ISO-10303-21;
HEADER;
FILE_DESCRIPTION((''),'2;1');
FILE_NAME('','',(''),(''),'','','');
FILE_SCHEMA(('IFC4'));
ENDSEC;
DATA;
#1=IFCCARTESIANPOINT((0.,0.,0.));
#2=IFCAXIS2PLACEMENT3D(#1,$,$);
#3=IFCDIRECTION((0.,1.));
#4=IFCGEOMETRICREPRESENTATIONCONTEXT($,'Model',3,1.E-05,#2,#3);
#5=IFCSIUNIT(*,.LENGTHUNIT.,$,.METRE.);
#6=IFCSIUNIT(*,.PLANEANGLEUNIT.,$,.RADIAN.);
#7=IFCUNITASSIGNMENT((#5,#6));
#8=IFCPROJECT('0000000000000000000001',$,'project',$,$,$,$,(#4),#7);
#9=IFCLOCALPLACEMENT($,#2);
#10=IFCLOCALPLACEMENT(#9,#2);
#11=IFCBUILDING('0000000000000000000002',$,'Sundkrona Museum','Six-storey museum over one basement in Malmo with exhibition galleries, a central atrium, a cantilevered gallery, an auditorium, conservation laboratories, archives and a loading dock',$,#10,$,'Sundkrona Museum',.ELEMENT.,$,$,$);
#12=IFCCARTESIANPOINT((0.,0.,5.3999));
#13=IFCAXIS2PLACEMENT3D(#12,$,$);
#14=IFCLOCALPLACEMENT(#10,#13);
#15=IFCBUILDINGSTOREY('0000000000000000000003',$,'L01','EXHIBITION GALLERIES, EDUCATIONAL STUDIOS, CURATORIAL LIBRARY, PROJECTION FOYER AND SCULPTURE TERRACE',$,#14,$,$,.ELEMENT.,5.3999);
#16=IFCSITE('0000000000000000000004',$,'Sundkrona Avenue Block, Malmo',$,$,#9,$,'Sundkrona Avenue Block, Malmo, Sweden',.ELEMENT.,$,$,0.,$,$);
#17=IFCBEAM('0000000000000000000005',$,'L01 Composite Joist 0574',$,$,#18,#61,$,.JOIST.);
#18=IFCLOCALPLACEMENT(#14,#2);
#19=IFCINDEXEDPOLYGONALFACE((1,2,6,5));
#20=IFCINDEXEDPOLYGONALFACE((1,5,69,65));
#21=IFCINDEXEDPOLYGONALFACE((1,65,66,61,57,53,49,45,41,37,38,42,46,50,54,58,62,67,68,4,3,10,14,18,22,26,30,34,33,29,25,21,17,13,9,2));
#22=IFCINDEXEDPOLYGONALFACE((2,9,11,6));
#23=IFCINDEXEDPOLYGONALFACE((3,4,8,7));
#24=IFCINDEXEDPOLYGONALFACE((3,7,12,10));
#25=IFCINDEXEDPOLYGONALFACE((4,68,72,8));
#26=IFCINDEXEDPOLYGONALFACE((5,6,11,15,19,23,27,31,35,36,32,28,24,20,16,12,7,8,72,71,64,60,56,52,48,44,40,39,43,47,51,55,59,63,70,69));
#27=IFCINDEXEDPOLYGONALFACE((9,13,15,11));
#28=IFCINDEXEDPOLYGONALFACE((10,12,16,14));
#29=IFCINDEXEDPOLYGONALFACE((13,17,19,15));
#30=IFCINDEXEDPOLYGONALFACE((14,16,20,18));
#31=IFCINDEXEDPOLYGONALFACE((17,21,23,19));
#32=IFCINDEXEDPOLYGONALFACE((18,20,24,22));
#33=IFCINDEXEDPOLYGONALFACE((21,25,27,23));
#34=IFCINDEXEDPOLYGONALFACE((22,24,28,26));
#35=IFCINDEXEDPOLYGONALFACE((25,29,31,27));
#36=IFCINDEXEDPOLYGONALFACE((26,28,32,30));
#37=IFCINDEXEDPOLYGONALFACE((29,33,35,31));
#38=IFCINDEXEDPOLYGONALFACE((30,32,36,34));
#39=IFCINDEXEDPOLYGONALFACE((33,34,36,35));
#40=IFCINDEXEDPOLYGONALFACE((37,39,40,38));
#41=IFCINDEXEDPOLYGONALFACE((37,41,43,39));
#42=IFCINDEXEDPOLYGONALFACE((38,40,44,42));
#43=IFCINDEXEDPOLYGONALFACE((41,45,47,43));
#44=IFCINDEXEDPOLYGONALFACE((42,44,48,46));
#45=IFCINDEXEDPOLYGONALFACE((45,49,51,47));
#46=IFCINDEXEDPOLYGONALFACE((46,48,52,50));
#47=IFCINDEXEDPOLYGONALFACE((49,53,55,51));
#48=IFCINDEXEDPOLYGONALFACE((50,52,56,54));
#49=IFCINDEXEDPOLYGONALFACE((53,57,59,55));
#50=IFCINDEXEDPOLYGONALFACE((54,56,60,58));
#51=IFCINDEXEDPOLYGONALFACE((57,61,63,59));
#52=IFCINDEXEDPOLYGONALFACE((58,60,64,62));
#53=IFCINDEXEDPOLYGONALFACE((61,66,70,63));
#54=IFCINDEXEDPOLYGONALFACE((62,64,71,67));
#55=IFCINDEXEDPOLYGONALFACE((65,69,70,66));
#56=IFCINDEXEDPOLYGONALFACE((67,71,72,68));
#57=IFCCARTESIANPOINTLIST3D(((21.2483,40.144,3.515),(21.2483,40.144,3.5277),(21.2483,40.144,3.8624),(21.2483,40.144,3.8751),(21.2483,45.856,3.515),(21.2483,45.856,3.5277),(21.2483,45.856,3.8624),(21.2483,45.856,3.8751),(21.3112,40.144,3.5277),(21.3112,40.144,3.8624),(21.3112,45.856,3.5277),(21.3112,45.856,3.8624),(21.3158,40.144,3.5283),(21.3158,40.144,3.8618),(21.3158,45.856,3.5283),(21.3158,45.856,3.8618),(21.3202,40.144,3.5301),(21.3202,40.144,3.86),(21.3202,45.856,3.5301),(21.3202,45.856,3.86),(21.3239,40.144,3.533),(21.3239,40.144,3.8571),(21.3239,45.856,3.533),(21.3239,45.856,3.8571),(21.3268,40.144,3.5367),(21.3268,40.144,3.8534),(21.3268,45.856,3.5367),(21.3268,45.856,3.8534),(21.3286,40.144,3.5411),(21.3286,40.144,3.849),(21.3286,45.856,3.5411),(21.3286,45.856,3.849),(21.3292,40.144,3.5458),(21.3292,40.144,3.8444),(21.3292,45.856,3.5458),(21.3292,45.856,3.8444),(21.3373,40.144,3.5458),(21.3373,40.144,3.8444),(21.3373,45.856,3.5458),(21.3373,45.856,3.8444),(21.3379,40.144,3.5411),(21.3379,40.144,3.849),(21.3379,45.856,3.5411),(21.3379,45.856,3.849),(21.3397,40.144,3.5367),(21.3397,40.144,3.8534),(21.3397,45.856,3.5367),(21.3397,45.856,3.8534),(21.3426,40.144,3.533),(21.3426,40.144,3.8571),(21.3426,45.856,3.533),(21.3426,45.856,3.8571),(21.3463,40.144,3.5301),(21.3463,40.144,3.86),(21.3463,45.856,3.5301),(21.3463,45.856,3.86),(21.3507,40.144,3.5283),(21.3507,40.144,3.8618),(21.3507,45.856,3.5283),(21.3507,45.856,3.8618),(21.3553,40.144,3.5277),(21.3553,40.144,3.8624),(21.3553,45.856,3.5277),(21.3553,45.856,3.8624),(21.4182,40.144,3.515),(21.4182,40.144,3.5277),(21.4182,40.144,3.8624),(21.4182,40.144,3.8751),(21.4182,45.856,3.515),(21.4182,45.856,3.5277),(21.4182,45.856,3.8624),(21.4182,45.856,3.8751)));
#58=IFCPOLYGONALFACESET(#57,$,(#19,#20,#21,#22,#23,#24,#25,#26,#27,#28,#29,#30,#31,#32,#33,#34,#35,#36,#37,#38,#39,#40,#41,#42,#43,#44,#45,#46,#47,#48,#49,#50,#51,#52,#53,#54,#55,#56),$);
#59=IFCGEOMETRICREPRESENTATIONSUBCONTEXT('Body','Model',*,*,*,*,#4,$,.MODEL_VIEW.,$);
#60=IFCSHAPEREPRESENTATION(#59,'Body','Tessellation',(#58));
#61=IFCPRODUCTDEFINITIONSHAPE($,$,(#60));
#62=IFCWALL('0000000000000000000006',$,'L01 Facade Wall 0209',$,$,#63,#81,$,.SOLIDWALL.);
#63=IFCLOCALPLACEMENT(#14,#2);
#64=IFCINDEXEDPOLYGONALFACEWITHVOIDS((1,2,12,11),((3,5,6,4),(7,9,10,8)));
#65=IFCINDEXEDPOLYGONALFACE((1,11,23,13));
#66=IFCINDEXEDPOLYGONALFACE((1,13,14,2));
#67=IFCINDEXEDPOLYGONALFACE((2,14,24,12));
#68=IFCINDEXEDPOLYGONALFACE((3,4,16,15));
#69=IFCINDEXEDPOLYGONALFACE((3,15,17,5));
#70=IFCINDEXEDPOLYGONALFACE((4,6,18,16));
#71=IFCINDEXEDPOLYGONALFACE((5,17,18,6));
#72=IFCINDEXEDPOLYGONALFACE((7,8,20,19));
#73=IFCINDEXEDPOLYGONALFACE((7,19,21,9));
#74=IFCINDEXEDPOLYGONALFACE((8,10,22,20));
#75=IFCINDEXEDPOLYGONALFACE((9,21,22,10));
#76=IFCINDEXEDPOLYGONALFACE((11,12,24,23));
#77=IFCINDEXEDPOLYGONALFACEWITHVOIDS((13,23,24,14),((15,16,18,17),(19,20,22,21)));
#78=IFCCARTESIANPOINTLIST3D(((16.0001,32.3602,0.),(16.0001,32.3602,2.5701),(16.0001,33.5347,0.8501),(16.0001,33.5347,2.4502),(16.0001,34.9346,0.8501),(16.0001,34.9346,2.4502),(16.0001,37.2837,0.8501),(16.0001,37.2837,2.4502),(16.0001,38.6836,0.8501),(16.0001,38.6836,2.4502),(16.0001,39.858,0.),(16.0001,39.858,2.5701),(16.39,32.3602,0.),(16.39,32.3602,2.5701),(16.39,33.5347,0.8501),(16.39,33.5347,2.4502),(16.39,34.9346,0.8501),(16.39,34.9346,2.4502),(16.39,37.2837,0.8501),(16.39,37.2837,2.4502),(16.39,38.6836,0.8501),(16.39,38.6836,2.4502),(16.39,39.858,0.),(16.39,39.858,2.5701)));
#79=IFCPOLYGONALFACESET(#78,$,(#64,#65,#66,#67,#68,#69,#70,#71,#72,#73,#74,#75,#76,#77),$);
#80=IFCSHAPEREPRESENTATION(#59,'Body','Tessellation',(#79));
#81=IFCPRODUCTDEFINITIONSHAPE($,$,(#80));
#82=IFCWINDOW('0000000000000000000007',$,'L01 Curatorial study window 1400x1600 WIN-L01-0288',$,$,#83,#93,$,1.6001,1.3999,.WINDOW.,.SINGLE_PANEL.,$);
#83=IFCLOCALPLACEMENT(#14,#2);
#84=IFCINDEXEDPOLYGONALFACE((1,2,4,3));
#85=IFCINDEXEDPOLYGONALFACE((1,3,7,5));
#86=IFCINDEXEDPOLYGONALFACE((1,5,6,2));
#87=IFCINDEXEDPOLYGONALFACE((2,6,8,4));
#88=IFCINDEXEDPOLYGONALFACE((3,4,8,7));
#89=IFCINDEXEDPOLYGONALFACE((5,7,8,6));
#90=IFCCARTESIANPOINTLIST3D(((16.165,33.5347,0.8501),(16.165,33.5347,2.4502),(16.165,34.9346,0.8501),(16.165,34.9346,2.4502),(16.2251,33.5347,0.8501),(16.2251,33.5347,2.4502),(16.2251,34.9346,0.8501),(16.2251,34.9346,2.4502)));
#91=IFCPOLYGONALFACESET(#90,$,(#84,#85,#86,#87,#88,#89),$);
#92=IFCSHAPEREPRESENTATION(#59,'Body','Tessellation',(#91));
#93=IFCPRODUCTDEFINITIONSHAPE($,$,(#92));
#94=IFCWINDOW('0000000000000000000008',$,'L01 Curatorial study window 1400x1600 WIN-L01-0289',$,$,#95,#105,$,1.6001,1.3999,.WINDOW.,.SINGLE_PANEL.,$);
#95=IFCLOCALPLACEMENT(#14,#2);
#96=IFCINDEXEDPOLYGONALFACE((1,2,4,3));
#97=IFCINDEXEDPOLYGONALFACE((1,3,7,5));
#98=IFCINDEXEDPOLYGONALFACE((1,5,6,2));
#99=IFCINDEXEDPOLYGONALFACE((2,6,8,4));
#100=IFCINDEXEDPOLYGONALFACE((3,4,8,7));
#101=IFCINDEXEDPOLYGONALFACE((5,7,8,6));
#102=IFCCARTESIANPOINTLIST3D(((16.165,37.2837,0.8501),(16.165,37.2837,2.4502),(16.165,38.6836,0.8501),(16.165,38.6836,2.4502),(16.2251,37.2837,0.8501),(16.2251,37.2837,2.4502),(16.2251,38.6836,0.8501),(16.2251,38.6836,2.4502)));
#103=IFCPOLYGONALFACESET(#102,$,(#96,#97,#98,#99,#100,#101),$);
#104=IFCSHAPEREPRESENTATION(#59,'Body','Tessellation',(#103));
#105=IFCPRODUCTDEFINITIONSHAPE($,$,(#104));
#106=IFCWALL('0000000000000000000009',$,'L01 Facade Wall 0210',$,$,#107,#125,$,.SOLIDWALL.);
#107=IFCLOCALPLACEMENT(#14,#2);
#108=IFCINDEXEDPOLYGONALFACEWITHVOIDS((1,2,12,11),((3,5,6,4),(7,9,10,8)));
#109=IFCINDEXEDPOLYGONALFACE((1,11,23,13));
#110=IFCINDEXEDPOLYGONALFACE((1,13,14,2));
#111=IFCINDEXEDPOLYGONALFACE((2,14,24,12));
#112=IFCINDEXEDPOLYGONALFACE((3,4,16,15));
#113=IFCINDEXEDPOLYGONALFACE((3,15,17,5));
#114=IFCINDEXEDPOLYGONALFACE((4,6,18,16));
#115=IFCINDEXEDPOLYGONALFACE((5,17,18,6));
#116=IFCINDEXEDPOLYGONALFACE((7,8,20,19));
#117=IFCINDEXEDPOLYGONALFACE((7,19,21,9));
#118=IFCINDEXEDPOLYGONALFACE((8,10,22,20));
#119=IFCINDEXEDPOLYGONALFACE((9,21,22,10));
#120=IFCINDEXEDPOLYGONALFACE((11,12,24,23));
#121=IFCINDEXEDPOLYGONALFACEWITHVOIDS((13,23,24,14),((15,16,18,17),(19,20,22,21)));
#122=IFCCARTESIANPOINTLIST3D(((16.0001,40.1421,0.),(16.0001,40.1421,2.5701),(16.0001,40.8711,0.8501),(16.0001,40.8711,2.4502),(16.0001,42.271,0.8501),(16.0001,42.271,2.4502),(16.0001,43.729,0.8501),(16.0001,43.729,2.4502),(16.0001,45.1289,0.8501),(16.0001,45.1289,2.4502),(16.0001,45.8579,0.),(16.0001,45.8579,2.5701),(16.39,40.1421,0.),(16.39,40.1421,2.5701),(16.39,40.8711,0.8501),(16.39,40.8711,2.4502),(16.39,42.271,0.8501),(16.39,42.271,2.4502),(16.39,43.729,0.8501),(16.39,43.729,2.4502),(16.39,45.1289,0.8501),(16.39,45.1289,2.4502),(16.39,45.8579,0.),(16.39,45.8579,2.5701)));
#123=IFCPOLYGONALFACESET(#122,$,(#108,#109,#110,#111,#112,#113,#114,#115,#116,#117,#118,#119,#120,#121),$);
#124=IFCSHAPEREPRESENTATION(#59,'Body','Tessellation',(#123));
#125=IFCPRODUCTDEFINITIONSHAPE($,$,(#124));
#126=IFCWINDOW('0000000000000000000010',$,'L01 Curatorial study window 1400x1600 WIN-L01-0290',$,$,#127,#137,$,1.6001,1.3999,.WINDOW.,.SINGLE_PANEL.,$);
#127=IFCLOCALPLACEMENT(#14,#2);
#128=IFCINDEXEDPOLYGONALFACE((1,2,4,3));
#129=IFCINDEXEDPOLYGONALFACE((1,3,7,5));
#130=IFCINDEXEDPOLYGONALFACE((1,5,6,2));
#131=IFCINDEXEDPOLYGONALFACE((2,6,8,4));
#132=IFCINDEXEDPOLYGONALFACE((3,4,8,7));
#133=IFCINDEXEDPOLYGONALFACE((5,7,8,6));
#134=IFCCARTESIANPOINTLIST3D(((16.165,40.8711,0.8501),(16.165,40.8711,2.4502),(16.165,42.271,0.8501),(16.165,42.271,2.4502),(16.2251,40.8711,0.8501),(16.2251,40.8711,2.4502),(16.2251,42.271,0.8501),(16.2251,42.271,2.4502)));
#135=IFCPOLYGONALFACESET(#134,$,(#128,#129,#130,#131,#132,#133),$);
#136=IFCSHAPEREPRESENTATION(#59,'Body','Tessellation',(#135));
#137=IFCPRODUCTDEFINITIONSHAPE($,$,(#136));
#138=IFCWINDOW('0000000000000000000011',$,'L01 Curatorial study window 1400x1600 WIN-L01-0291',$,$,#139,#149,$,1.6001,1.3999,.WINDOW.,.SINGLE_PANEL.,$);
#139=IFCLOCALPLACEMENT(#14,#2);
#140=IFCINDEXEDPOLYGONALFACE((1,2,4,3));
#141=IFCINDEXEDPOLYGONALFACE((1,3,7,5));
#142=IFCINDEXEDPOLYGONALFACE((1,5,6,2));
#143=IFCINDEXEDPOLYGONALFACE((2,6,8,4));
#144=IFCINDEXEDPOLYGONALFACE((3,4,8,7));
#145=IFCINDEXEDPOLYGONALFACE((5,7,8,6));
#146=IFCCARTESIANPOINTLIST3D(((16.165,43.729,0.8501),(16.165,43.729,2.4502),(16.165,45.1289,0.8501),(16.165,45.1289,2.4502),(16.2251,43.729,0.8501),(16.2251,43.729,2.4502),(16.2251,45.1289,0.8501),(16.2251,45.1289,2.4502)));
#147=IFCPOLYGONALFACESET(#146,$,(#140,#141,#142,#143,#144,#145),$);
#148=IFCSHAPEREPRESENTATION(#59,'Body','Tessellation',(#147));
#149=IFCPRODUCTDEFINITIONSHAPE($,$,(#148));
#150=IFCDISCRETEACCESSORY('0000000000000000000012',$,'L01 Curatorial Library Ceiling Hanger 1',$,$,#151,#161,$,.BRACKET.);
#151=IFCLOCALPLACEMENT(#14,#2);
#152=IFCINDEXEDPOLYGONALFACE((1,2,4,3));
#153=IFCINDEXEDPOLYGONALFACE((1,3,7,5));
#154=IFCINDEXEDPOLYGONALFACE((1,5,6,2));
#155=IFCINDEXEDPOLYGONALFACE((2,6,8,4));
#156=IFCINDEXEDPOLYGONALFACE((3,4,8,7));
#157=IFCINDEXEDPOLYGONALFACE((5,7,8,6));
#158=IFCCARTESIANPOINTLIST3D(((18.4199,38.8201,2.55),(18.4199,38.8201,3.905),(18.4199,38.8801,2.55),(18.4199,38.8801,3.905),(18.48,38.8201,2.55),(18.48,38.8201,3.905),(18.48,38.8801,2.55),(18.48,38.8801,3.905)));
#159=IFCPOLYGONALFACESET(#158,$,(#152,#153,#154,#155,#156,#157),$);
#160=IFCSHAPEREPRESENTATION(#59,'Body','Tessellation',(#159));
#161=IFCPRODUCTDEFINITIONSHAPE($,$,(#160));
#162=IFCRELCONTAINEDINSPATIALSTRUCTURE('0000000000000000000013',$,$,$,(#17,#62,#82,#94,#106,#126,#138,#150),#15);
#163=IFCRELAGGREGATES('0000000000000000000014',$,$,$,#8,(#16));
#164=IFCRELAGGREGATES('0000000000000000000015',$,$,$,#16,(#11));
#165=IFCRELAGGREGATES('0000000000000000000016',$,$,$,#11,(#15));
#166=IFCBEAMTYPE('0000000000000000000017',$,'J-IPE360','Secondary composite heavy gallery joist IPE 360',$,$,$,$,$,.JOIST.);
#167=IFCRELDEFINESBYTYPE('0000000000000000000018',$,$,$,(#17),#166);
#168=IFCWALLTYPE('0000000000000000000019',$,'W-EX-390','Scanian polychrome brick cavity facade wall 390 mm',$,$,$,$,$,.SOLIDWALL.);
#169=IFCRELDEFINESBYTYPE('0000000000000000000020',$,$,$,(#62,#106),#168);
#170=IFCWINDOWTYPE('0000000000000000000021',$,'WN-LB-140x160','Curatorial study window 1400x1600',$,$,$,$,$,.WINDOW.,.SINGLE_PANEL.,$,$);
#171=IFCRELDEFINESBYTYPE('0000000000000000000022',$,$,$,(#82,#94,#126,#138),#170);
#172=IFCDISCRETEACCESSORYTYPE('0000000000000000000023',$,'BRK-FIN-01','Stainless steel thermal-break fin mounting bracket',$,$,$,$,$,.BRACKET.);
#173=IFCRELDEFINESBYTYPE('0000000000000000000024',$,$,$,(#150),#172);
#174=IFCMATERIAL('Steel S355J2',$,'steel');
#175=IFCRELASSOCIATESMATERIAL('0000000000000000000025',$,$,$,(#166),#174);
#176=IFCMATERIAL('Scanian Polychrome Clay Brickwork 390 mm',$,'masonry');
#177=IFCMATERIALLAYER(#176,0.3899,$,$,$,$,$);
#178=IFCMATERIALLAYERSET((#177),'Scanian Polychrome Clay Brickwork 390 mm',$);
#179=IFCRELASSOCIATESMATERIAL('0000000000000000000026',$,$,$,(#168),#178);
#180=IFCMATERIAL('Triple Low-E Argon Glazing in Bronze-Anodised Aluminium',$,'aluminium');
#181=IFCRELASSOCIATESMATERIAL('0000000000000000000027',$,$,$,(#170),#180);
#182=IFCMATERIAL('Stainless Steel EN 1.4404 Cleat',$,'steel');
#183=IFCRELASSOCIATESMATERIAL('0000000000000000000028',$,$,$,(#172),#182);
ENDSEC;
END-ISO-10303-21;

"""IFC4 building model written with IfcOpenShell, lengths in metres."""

from ifc_helpers import new_model, si_unit, direction, frame, frame_2d, origin, origin_2d, place, context, subcontext, project, spatial, rectangle, i_section, extrude, material, layer, layer_set, material_profile, profile_set, type_object, element, fill, save


model = new_model("IFC4")

# Units and contexts
model_context = context("Model", 3, precision=1e-05, world=origin(), true_north=direction((0.0, 1.0)))
body_context = subcontext(model_context, "Body", "Model", "MODEL_VIEW")
ifc_project = project(units=[si_unit("LENGTHUNIT", "METRE"), si_unit("PLANEANGLEUNIT", "RADIAN")], contexts=[model_context])

# Site, building, storey
site_placement = place(None, origin())
site = spatial("IfcSite", under=ifc_project, at=site_placement, Name="Sundkrona Avenue Block, Malmo", LongName="Sundkrona Avenue Block, Malmo, Sweden", CompositionType="ELEMENT", RefElevation=0.0)
building_placement = place(site_placement, origin())
building = spatial("IfcBuilding", under=site, at=building_placement, Name="Sundkrona Museum", Description="Six-storey museum over one basement in Malmo with exhibition galleries, a central atrium, a cantilevered gallery, an auditorium, conservation laboratories, archives and a loading dock", LongName="Sundkrona Museum", CompositionType="ELEMENT")
storey_placement = place(building_placement, frame((0.0, 0.0, 5.3999)))
storey = spatial("IfcBuildingStorey", under=building, at=storey_placement, Name="L01", Description="EXHIBITION GALLERIES, EDUCATIONAL STUDIOS, CURATORIAL LIBRARY, PROJECTION FOYER AND SCULPTURE TERRACE", CompositionType="ELEMENT", Elevation=5.3999)

# Shared definitions
ifc_material_1 = material(Name="Steel S355J2", Category="steel")

# Beam
ifc_material_profile_1 = material_profile(ifc_material_1, i_section(OverallWidth=0.1699, OverallDepth=0.3601, WebThickness=0.0081, FlangeThickness=0.0127, FilletRadius=0.0181, at=origin_2d()), Name="IPE 360")
ifc_profile_set_1 = profile_set([ifc_material_profile_1], Name="Steel S355J2")
beam_type_1 = type_object("IfcBeamType", Name="J-IPE360", Description="Secondary composite heavy gallery joist IPE 360", PredefinedType="JOIST", material=ifc_profile_set_1)
for number, where, z_axis, x_axis, name in (
    (1, (21.3333, 40.144, 3.6951), (0.0, 1.0, 0.0), (-1.0, 0.0, 0.0), "L01 Composite Joist 0574"),
):
    element("IfcBeam", number, at=place(storey_placement, frame(where, z_axis=z_axis, x_axis=x_axis)), inside=storey, type_object=beam_type_1, Name=name, PredefinedType="JOIST", context=body_context, shape_type="SweptSolid", body=[
        extrude(i_section(OverallWidth=0.1699, OverallDepth=0.3601, WebThickness=0.0081, FlangeThickness=0.0127, FilletRadius=0.0181, at=origin_2d()), origin(), (0.0, 0.0, 1.0), 5.7119),
    ])

# Walls, openings, windows
ifc_material_2 = material(Name="Scanian Polychrome Clay Brickwork 390 mm", Category="masonry")
ifc_layer = layer(ifc_material_2, 0.3899)
ifc_layer_set = layer_set([ifc_layer], Name="Scanian Polychrome Clay Brickwork 390 mm")
wall_type = type_object("IfcWallType", Name="W-EX-390", Description="Scanian polychrome brick cavity facade wall 390 mm", PredefinedType="SOLIDWALL", material=ifc_layer_set)
wall_1_placement = place(storey_placement, frame((16.1951, 32.3601, 0.0), z_axis=(0.0, 0.0, 1.0), x_axis=(0.0, 1.0, 0.0)))
wall_1 = element("IfcWall", 2, at=wall_1_placement, inside=storey, type_object=wall_type, Name="L01 Facade Wall 0209", PredefinedType="SOLIDWALL", context=body_context, shape_type="SweptSolid", body=[
    extrude(rectangle(XDim=7.4978, YDim=0.3899, at=frame_2d((3.749, 0.0))), origin(), (0.0, 0.0, 1.0), 2.5701),
])
opening_1_placement = place(wall_1_placement, frame((1.1746, 0.0, 0.8501)))
opening_1 = element("IfcOpeningElement", 3, at=opening_1_placement, cuts=wall_1, PredefinedType="OPENING", context=body_context, shape_type="SweptSolid", body=[
    extrude(rectangle(XDim=1.3999, YDim=1.6001, at=frame_2d((0.7, 0.8))), frame((0.0, 0.2048, 0.0), z_axis=(0.0, -1.0, 0.0), x_axis=(1.0, 0.0, 0.0)), (0.0, 0.0, 1.0), 0.4099),
])
opening_2_placement = place(wall_1_placement, frame((4.9236, 0.0, 0.8501)))
opening_2 = element("IfcOpeningElement", 4, at=opening_2_placement, cuts=wall_1, PredefinedType="OPENING", context=body_context, shape_type="SweptSolid", body=[
    extrude(rectangle(XDim=1.3999, YDim=1.6001, at=frame_2d((0.7, 0.8))), frame((0.0, 0.2048, 0.0), z_axis=(0.0, -1.0, 0.0), x_axis=(1.0, 0.0, 0.0)), (0.0, 0.0, 1.0), 0.4099),
])
ifc_material_3 = material(Name="Triple Low-E Argon Glazing in Bronze-Anodised Aluminium", Category="aluminium")
window_type = type_object("IfcWindowType", Name="WN-LB-140x160", Description="Curatorial study window 1400x1600", PartitioningType="SINGLE_PANEL", PredefinedType="WINDOW", material=ifc_material_3)
window_1_placement = place(opening_1_placement, origin())
window_1 = element("IfcWindow", 5, at=window_1_placement, inside=storey, type_object=window_type, Name="L01 Curatorial study window 1400x1600 WIN-L01-0288", OverallHeight=1.6001, OverallWidth=1.3999, PartitioningType="SINGLE_PANEL", PredefinedType="WINDOW", context=body_context, shape_type="SweptSolid", body=[
    extrude(rectangle(XDim=1.3999, YDim=1.6001, at=frame_2d((0.7, 0.8))), frame((0.0, 0.03, 0.0), z_axis=(0.0, -1.0, 0.0), x_axis=(1.0, 0.0, 0.0)), (0.0, 0.0, 1.0), 0.0601),
])
fill(opening_1, window_1)
window_2_placement = place(opening_2_placement, origin())
window_2 = element("IfcWindow", 6, at=window_2_placement, inside=storey, type_object=window_type, Name="L01 Curatorial study window 1400x1600 WIN-L01-0289", OverallHeight=1.6001, OverallWidth=1.3999, PartitioningType="SINGLE_PANEL", PredefinedType="WINDOW", context=body_context, shape_type="SweptSolid", body=[
    extrude(rectangle(XDim=1.3999, YDim=1.6001, at=frame_2d((0.7, 0.8))), frame((0.0, 0.03, 0.0), z_axis=(0.0, -1.0, 0.0), x_axis=(1.0, 0.0, 0.0)), (0.0, 0.0, 1.0), 0.0601),
])
fill(opening_2, window_2)
wall_2_placement = place(storey_placement, frame((16.1951, 40.1421, 0.0), z_axis=(0.0, 0.0, 1.0), x_axis=(0.0, 1.0, 0.0)))
wall_2 = element("IfcWall", 7, at=wall_2_placement, inside=storey, type_object=wall_type, Name="L01 Facade Wall 0210", PredefinedType="SOLIDWALL", context=body_context, shape_type="SweptSolid", body=[
    extrude(rectangle(XDim=5.7158, YDim=0.3899, at=frame_2d((2.8579, 0.0))), origin(), (0.0, 0.0, 1.0), 2.5701),
])
opening_3_placement = place(wall_2_placement, frame((0.729, 0.0, 0.8501)))
opening_3 = element("IfcOpeningElement", 8, at=opening_3_placement, cuts=wall_2, PredefinedType="OPENING", context=body_context, shape_type="SweptSolid", body=[
    extrude(rectangle(XDim=1.3999, YDim=1.6001, at=frame_2d((0.7, 0.8))), frame((0.0, 0.2048, 0.0), z_axis=(0.0, -1.0, 0.0), x_axis=(1.0, 0.0, 0.0)), (0.0, 0.0, 1.0), 0.4099),
])
opening_4_placement = place(wall_2_placement, frame((3.5869, 0.0, 0.8501)))
opening_4 = element("IfcOpeningElement", 9, at=opening_4_placement, cuts=wall_2, PredefinedType="OPENING", context=body_context, shape_type="SweptSolid", body=[
    extrude(rectangle(XDim=1.3999, YDim=1.6001, at=frame_2d((0.7, 0.8))), frame((0.0, 0.2048, 0.0), z_axis=(0.0, -1.0, 0.0), x_axis=(1.0, 0.0, 0.0)), (0.0, 0.0, 1.0), 0.4099),
])
window_3_placement = place(opening_3_placement, origin())
window_3 = element("IfcWindow", 10, at=window_3_placement, inside=storey, type_object=window_type, Name="L01 Curatorial study window 1400x1600 WIN-L01-0290", OverallHeight=1.6001, OverallWidth=1.3999, PartitioningType="SINGLE_PANEL", PredefinedType="WINDOW", context=body_context, shape_type="SweptSolid", body=[
    extrude(rectangle(XDim=1.3999, YDim=1.6001, at=frame_2d((0.7, 0.8))), frame((0.0, 0.03, 0.0), z_axis=(0.0, -1.0, 0.0), x_axis=(1.0, 0.0, 0.0)), (0.0, 0.0, 1.0), 0.0601),
])
fill(opening_3, window_3)
window_4_placement = place(opening_4_placement, origin())
window_4 = element("IfcWindow", 11, at=window_4_placement, inside=storey, type_object=window_type, Name="L01 Curatorial study window 1400x1600 WIN-L01-0291", OverallHeight=1.6001, OverallWidth=1.3999, PartitioningType="SINGLE_PANEL", PredefinedType="WINDOW", context=body_context, shape_type="SweptSolid", body=[
    extrude(rectangle(XDim=1.3999, YDim=1.6001, at=frame_2d((0.7, 0.8))), frame((0.0, 0.03, 0.0), z_axis=(0.0, -1.0, 0.0), x_axis=(1.0, 0.0, 0.0)), (0.0, 0.0, 1.0), 0.0601),
])
fill(opening_4, window_4)

# Discrete accessory
ifc_material_4 = material(Name="Stainless Steel EN 1.4404 Cleat", Category="steel")
discrete_accessory_type = type_object("IfcDiscreteAccessoryType", Name="BRK-FIN-01", Description="Stainless steel thermal-break fin mounting bracket", PredefinedType="BRACKET", material=ifc_material_4)
discrete_accessory_placement = place(storey_placement, frame((18.45, 38.8501, 2.55), z_axis=(0.0, 0.0, 1.0), x_axis=(1.0, 0.0, 0.0)))
element("IfcDiscreteAccessory", 12, at=discrete_accessory_placement, inside=storey, type_object=discrete_accessory_type, Name="L01 Curatorial Library Ceiling Hanger 1", PredefinedType="BRACKET", context=body_context, shape_type="SweptSolid", body=[
    extrude(rectangle(XDim=0.0601, YDim=0.0601, at=origin_2d()), origin(), (0.0, 0.0, 1.0), 1.355),
])

save(model, "model.ifc")
